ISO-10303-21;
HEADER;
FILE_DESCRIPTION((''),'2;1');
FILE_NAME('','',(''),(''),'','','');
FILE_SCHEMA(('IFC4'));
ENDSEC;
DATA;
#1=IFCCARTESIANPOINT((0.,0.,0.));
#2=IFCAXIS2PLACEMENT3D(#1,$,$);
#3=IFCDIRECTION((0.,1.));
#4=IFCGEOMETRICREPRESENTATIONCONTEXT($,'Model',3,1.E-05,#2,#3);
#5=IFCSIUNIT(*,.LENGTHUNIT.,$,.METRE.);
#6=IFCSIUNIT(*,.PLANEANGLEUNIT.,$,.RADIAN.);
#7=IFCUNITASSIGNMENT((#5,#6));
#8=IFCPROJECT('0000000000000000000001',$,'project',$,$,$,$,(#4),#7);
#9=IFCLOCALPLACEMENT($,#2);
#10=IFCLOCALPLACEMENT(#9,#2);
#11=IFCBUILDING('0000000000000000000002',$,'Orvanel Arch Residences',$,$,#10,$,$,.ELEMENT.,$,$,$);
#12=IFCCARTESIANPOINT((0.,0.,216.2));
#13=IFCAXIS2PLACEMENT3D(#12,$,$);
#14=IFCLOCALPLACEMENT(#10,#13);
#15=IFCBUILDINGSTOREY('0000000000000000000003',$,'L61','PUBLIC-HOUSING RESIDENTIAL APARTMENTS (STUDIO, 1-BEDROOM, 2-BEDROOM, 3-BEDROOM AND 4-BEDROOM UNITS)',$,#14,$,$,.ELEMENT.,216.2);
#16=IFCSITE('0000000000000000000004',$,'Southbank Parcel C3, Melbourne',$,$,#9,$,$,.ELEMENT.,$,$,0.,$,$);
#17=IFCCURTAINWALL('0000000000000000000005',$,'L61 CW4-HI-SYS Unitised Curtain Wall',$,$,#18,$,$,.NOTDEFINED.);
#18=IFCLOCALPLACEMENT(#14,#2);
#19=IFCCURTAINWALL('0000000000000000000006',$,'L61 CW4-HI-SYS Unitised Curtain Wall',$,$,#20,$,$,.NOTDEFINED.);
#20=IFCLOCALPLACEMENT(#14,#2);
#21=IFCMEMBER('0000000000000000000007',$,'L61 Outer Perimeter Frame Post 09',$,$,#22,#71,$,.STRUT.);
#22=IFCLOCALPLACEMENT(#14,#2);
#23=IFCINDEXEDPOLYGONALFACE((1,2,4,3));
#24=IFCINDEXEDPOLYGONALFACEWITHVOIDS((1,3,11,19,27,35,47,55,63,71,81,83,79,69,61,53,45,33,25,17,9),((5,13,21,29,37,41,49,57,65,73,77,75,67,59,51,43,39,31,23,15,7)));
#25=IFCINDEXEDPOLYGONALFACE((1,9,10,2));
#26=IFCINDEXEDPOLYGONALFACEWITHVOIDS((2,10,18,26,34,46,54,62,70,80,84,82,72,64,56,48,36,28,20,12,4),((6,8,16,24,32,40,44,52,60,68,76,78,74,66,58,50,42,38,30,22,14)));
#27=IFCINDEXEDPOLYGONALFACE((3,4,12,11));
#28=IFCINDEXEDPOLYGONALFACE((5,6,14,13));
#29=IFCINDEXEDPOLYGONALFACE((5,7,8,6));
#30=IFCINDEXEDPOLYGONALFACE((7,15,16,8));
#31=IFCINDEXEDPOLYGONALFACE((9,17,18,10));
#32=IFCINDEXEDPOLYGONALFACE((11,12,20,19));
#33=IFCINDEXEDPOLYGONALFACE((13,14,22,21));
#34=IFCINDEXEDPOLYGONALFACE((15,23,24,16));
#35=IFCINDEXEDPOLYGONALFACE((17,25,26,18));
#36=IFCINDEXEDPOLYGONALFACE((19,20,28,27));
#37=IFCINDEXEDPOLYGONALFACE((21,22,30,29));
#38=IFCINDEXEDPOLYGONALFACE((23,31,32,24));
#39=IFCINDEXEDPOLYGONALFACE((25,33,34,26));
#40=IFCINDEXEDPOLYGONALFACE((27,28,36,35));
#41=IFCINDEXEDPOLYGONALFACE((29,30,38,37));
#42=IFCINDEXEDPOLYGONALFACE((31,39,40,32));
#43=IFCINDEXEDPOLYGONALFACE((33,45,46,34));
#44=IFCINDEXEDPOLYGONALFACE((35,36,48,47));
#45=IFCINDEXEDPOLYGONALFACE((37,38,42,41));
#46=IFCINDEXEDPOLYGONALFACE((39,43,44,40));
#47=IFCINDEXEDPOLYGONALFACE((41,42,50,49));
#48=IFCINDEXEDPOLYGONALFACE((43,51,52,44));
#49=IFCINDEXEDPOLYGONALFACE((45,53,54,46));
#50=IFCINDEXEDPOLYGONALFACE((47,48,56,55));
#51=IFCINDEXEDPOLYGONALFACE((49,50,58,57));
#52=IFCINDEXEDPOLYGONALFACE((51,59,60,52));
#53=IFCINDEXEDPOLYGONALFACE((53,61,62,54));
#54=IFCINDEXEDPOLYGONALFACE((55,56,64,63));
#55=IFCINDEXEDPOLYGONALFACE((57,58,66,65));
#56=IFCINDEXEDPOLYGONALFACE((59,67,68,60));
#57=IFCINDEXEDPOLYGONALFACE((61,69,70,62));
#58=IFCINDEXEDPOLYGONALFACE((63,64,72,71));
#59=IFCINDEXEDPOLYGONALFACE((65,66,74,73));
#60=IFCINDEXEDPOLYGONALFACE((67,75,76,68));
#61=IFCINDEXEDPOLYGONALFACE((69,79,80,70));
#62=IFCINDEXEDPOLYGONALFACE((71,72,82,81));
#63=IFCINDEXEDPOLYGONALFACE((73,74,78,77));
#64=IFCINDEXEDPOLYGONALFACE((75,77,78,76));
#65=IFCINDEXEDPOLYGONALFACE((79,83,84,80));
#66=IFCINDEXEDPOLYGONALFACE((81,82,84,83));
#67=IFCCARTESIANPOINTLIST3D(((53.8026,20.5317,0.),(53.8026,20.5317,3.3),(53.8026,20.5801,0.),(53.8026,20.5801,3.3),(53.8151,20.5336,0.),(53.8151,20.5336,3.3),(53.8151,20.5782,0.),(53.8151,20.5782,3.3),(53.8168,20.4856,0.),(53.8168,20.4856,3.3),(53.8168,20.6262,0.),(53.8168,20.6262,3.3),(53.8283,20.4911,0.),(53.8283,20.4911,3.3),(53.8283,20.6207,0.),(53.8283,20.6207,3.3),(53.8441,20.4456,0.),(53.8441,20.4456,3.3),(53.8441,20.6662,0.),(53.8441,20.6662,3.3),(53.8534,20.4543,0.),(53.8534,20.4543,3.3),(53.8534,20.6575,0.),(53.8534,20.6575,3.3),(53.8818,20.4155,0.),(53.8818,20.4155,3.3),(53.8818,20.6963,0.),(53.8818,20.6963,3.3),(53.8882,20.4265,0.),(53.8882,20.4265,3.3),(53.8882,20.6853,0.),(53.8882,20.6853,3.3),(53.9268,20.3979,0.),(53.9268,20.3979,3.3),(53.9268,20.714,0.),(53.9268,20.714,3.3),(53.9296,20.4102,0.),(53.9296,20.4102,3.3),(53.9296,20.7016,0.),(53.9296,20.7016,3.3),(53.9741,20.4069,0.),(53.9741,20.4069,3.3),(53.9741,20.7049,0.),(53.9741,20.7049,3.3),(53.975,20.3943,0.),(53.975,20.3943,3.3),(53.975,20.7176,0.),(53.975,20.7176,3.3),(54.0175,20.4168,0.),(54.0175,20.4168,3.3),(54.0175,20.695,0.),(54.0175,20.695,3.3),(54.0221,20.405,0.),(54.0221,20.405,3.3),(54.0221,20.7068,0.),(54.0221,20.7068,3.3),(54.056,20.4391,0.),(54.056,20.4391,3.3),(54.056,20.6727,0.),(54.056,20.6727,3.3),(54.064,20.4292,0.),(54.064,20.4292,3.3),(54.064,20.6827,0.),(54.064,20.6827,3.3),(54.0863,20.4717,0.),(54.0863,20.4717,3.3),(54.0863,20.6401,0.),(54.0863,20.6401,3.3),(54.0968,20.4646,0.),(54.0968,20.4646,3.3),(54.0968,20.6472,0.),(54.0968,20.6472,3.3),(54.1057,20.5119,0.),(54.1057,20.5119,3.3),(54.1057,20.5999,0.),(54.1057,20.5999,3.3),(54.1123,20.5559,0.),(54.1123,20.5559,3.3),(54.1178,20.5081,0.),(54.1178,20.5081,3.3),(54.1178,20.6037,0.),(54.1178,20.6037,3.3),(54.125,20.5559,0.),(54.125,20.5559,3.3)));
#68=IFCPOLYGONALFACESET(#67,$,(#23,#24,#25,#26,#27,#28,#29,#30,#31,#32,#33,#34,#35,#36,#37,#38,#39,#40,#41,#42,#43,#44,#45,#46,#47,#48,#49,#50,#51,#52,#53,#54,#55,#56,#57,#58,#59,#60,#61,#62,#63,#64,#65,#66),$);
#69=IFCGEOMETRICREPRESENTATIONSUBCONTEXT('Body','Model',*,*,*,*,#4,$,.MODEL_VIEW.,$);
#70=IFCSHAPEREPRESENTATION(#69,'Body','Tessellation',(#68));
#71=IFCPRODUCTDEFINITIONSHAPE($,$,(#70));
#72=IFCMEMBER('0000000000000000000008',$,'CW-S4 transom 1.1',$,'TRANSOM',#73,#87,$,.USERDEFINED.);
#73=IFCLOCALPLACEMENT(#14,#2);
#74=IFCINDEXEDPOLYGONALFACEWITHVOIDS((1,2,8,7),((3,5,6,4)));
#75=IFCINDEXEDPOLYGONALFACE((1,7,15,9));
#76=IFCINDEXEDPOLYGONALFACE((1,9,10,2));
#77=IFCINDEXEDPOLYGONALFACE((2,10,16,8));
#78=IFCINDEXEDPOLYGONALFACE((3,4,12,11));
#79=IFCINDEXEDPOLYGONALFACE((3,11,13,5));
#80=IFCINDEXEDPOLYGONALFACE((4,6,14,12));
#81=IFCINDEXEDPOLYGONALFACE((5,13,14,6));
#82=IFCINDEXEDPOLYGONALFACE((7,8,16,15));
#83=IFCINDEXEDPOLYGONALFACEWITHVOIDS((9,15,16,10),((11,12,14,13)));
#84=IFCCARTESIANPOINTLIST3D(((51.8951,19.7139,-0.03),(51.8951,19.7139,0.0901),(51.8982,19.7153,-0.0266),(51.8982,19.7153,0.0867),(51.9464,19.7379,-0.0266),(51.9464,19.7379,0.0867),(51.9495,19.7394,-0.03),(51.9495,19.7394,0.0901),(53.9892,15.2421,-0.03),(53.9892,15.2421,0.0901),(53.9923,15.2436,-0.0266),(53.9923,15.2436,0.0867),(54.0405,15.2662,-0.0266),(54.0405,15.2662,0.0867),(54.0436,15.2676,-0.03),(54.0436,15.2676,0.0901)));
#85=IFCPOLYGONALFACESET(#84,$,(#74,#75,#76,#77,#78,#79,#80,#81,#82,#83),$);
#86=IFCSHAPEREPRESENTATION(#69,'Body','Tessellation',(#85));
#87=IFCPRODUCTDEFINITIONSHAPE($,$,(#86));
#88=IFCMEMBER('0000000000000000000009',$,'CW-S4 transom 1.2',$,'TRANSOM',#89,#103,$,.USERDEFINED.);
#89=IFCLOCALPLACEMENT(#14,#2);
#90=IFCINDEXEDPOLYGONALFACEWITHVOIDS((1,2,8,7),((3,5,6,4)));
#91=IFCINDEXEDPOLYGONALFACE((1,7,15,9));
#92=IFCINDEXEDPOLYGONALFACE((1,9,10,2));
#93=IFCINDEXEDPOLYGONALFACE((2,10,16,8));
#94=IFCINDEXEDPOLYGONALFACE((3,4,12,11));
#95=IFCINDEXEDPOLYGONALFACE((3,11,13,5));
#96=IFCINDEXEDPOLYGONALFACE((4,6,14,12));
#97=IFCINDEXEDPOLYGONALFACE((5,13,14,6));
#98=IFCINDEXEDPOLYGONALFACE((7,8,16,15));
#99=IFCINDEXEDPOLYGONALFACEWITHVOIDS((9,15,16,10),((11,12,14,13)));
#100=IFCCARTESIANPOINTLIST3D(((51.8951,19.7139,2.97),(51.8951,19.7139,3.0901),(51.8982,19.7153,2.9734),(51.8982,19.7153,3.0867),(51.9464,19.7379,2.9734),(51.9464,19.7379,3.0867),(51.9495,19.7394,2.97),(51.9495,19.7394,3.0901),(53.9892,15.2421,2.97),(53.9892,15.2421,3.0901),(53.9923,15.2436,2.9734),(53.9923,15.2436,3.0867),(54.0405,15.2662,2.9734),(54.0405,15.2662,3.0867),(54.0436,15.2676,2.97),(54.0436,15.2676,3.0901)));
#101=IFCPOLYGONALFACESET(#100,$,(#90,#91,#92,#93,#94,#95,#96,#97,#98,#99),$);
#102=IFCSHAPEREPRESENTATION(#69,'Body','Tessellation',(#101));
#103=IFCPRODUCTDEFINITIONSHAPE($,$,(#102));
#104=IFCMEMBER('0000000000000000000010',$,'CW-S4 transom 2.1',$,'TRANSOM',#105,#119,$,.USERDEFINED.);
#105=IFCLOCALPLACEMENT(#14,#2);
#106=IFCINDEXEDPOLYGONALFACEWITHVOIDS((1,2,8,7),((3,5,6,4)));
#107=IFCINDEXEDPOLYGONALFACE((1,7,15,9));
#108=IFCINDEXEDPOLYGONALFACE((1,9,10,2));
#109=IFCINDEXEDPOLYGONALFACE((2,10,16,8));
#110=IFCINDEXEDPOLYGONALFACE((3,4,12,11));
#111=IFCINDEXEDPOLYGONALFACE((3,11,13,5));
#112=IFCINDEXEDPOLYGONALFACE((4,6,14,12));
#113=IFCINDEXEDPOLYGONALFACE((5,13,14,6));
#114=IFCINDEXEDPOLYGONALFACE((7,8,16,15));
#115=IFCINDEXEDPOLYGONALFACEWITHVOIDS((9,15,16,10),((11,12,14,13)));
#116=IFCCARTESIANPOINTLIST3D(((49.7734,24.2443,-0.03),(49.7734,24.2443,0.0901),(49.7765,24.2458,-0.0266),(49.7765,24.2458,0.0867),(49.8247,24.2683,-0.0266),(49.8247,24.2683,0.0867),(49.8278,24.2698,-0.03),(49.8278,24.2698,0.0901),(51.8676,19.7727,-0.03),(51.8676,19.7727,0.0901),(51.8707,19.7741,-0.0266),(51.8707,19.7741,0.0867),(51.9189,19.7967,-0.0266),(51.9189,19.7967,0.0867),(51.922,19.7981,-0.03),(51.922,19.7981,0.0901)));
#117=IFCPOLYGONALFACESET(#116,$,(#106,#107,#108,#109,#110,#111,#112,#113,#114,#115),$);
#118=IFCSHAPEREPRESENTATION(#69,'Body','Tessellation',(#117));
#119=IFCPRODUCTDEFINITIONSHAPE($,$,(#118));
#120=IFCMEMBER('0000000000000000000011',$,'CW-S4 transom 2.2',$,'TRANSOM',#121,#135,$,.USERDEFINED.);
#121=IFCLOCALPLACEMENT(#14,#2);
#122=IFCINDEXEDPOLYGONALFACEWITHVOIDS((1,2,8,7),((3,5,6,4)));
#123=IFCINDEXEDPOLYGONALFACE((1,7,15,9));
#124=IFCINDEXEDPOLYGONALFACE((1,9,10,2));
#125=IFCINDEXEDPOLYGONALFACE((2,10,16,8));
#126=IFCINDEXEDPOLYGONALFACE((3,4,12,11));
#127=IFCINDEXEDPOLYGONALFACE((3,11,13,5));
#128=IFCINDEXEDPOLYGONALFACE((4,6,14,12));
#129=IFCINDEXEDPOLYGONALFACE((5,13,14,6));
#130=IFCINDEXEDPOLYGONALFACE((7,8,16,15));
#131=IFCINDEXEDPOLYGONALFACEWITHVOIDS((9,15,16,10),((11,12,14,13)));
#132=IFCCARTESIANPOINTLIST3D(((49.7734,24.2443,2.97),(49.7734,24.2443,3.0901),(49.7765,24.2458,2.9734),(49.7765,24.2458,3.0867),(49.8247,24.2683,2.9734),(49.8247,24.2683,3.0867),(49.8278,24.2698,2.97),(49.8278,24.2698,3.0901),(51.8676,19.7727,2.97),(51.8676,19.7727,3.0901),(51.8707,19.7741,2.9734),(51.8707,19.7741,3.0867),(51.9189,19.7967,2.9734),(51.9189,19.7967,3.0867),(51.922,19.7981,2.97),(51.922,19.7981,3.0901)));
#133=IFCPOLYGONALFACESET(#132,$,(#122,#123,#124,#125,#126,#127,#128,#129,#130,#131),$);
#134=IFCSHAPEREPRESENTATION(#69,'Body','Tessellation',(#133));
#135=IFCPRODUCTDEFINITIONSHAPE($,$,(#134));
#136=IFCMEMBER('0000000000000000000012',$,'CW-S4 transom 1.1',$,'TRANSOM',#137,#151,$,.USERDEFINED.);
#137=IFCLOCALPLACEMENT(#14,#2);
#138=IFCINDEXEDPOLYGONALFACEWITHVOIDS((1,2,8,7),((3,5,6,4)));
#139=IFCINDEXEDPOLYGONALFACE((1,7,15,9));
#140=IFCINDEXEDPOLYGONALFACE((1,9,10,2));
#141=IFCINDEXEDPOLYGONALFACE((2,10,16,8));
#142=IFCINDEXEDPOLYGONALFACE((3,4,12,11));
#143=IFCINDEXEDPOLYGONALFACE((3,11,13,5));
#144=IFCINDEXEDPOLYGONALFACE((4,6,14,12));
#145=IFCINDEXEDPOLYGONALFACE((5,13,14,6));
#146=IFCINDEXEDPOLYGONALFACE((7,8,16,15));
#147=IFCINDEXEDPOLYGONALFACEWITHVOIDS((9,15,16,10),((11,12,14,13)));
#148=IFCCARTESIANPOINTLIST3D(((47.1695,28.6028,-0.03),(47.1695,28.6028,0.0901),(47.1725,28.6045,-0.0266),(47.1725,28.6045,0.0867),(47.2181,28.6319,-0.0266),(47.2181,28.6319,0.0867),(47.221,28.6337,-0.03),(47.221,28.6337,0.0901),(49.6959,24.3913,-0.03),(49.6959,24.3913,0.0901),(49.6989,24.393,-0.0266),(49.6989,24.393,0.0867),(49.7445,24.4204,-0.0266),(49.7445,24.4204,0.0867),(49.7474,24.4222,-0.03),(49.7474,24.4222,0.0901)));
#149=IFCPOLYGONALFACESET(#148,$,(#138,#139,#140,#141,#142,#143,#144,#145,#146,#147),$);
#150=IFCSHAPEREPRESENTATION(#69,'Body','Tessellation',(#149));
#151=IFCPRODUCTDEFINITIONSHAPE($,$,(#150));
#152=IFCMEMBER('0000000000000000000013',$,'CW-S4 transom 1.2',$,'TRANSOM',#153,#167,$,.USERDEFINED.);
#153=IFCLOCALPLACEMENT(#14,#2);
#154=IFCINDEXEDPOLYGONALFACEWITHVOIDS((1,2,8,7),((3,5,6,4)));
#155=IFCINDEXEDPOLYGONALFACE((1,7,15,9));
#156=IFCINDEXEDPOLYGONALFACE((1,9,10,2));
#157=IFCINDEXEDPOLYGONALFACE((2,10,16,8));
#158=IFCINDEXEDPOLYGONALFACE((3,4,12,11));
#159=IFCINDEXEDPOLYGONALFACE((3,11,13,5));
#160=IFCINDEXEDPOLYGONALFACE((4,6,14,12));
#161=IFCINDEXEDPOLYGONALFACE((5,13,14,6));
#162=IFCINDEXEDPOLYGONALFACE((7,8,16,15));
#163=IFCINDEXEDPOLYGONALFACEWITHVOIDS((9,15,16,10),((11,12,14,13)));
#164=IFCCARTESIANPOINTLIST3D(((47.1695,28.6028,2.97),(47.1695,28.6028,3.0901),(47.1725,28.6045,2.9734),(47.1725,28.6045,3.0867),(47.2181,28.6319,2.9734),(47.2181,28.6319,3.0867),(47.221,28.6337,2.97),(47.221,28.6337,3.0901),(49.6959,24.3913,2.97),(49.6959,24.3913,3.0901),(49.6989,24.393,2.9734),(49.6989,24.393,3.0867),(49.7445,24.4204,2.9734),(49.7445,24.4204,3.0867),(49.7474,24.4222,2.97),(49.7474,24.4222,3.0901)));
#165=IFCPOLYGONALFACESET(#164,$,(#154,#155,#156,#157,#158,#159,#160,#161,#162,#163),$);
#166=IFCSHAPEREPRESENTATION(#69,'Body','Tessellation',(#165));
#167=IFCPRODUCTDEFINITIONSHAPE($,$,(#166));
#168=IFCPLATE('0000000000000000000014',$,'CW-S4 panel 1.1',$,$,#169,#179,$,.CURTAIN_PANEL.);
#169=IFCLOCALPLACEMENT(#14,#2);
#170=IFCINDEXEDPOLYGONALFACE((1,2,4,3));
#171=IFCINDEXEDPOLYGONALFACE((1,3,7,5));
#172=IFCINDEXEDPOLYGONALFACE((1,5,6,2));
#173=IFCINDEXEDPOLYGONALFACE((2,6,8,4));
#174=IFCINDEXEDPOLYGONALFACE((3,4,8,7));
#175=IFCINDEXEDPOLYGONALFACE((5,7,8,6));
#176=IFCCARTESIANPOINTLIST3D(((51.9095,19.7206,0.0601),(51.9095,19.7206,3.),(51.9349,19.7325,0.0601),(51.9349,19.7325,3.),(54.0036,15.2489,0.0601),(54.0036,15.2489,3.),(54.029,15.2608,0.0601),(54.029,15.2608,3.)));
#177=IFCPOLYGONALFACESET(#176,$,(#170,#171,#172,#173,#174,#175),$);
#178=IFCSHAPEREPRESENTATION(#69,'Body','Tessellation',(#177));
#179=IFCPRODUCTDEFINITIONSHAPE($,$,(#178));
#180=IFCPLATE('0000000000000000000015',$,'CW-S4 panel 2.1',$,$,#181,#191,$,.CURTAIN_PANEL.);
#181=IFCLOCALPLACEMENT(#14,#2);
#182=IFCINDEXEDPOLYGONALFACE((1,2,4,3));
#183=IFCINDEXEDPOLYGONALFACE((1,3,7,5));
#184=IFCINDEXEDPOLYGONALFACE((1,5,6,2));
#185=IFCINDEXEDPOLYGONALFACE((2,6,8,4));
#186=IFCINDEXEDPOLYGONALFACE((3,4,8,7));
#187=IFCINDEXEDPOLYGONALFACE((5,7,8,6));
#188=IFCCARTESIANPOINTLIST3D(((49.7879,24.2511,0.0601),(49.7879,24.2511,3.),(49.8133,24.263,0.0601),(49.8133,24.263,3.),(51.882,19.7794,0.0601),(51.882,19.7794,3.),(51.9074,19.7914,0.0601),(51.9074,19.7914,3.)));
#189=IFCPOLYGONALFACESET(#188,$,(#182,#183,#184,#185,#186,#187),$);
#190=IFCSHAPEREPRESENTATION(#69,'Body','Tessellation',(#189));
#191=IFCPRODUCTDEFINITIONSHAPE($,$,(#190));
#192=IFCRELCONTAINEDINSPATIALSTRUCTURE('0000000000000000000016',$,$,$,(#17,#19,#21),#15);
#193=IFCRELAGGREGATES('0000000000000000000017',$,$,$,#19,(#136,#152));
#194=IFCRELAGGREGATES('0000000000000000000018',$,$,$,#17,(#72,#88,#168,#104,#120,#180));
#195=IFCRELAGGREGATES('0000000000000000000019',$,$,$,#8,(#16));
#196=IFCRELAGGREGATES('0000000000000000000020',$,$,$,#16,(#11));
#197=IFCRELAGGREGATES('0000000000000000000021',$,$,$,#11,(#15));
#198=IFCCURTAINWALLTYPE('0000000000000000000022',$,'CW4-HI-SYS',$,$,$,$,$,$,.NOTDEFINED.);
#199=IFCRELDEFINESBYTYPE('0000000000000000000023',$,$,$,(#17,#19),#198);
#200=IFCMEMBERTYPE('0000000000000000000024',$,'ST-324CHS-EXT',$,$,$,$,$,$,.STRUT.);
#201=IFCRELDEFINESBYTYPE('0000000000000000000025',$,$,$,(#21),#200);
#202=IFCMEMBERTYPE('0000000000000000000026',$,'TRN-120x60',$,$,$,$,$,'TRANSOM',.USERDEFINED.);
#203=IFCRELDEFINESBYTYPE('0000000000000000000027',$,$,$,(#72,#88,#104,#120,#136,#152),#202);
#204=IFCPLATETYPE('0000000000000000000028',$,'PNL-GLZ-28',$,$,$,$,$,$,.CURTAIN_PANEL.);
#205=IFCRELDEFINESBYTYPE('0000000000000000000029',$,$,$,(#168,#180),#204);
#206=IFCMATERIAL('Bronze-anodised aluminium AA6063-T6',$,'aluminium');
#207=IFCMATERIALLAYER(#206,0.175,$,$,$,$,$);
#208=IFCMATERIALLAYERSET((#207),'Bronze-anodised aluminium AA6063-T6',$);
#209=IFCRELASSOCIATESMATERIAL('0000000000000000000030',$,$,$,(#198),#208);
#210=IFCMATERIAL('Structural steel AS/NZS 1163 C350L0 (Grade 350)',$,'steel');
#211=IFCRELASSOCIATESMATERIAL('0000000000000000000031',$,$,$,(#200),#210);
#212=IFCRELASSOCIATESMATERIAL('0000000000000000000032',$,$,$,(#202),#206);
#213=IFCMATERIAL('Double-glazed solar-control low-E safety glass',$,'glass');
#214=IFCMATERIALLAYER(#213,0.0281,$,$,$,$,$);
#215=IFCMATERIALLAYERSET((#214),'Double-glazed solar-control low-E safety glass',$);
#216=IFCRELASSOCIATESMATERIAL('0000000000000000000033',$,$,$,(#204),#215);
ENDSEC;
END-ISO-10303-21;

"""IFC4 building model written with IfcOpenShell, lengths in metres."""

from ifc_helpers import new_model, si_unit, direction, frame, origin, origin_2d, place, context, subcontext, project, spatial, rectangle, hollow_rectangle, hollow_circle, extrude, material, layer, layer_set, material_profile, profile_set, type_object, element, aggregate, save


model = new_model("IFC4")

# Units and contexts
model_context = context("Model", 3, precision=1e-05, world=origin(), true_north=direction((0.0, 1.0)))
body_context = subcontext(model_context, "Body", "Model", "MODEL_VIEW")
ifc_project = project(units=[si_unit("LENGTHUNIT", "METRE"), si_unit("PLANEANGLEUNIT", "RADIAN")], contexts=[model_context])

# Site, building, storey
site_placement = place(None, origin())
site = spatial("IfcSite", under=ifc_project, at=site_placement, Name="Southbank Parcel C3, Melbourne", CompositionType="ELEMENT", RefElevation=0.0)
building_placement = place(site_placement, origin())
building = spatial("IfcBuilding", under=site, at=building_placement, Name="Orvanel Arch Residences", CompositionType="ELEMENT")
storey_placement = place(building_placement, frame((0.0, 0.0, 216.2)))
storey = spatial("IfcBuildingStorey", under=building, at=storey_placement, Name="L61", Description="PUBLIC-HOUSING RESIDENTIAL APARTMENTS (STUDIO, 1-BEDROOM, 2-BEDROOM, 3-BEDROOM AND 4-BEDROOM UNITS)", CompositionType="ELEMENT", Elevation=216.2)

# Shared definitions
ifc_material_1 = material(Name="Bronze-anodised aluminium AA6063-T6", Category="aluminium")

# Curtain wall
ifc_layer_1 = layer(ifc_material_1, 0.175)
ifc_layer_set_1 = layer_set([ifc_layer_1], Name="Bronze-anodised aluminium AA6063-T6")
curtain_wall_type_1 = type_object("IfcCurtainWallType", Name="CW4-HI-SYS", PredefinedType="NOTDEFINED", material=ifc_layer_set_1)
curtain_wall_1_placement = place(storey_placement, origin())
curtain_wall_1 = element("IfcCurtainWall", 1, at=curtain_wall_1_placement, inside=storey, type_object=curtain_wall_type_1, Name="L61 CW4-HI-SYS Unitised Curtain Wall", PredefinedType="NOTDEFINED")

# Curtain wall
curtain_wall_2_placement = place(storey_placement, origin())
curtain_wall_2 = element("IfcCurtainWall", 2, at=curtain_wall_2_placement, inside=storey, type_object=curtain_wall_type_1, Name="L61 CW4-HI-SYS Unitised Curtain Wall", PredefinedType="NOTDEFINED")

# Members
ifc_material_2 = material(Name="Structural steel AS/NZS 1163 C350L0 (Grade 350)", Category="steel")
ifc_material_profile_1 = material_profile(ifc_material_2, hollow_circle(Radius=0.1621, WallThickness=0.0127, at=origin_2d()), Name="CHS324x12.7")
ifc_profile_set_1 = profile_set([ifc_material_profile_1], Name="Structural steel AS/NZS 1163 C350L0 (Grade 350)")
member_type_1 = type_object("IfcMemberType", Name="ST-324CHS-EXT", PredefinedType="STRUT", material=ifc_profile_set_1)
member_1_placement = place(storey_placement, frame((53.9629, 20.5559, 0.0), z_axis=(0.0, 0.0, 1.0), x_axis=(1.0, 0.0, 0.0)))
element("IfcMember", 3, at=member_1_placement, inside=storey, type_object=member_type_1, Name="L61 Outer Perimeter Frame Post 09", PredefinedType="STRUT", context=body_context, shape_type="SweptSolid", body=[
    extrude(hollow_circle(Radius=0.1621, WallThickness=0.0127, at=origin_2d()), origin(), (0.0, 0.0, 1.0), 3.3),
])
ifc_material_profile_2 = material_profile(ifc_material_1, hollow_rectangle(XDim=0.0601, YDim=0.1201, WallThickness=0.0034, at=origin_2d()), Name="ALU120x60x3.5")
ifc_profile_set_2 = profile_set([ifc_material_profile_2], Name="Bronze-anodised aluminium AA6063-T6")
member_type_2 = type_object("IfcMemberType", Name="TRN-120x60", ElementType="TRANSOM", PredefinedType="USERDEFINED", material=ifc_profile_set_2)
member_2_placement = place(storey_placement, frame((54.0164, 15.2549, 0.03), z_axis=(-0.424084, 0.905623, 0.0), x_axis=(-0.905623, -0.424084, 0.0)))
member_2 = element("IfcMember", 4, at=member_2_placement, type_object=member_type_2, Name="CW-S4 transom 1.1", ObjectType="TRANSOM", PredefinedType="USERDEFINED", context=body_context, shape_type="SweptSolid", body=[
    extrude(hollow_rectangle(XDim=0.0601, YDim=0.1201, WallThickness=0.0034, at=origin_2d()), origin(), (0.0, 0.0, 1.0), 4.9377),
])
member_3_placement = place(storey_placement, frame((54.0164, 15.2549, 3.03), z_axis=(-0.424084, 0.905623, 0.0), x_axis=(-0.905623, -0.424084, 0.0)))
member_3 = element("IfcMember", 5, at=member_3_placement, type_object=member_type_2, Name="CW-S4 transom 1.2", ObjectType="TRANSOM", PredefinedType="USERDEFINED", context=body_context, shape_type="SweptSolid", body=[
    extrude(hollow_rectangle(XDim=0.0601, YDim=0.1201, WallThickness=0.0034, at=origin_2d()), origin(), (0.0, 0.0, 1.0), 4.9377),
])
member_4_placement = place(storey_placement, frame((51.8948, 19.7854, 0.03), z_axis=(-0.424125, 0.905604, 0.0), x_axis=(-0.905604, -0.424125, 0.0)))
member_4 = element("IfcMember", 6, at=member_4_placement, type_object=member_type_2, Name="CW-S4 transom 2.1", ObjectType="TRANSOM", PredefinedType="USERDEFINED", context=body_context, shape_type="SweptSolid", body=[
    extrude(hollow_rectangle(XDim=0.0601, YDim=0.1201, WallThickness=0.0034, at=origin_2d()), origin(), (0.0, 0.0, 1.0), 4.9377),
])
member_5_placement = place(storey_placement, frame((51.8948, 19.7854, 3.03), z_axis=(-0.424125, 0.905604, 0.0), x_axis=(-0.905604, -0.424125, 0.0)))
member_5 = element("IfcMember", 7, at=member_5_placement, type_object=member_type_2, Name="CW-S4 transom 2.2", ObjectType="TRANSOM", PredefinedType="USERDEFINED", context=body_context, shape_type="SweptSolid", body=[
    extrude(hollow_rectangle(XDim=0.0601, YDim=0.1201, WallThickness=0.0034, at=origin_2d()), origin(), (0.0, 0.0, 1.0), 4.9377),
])
member_6_placement = place(storey_placement, frame((49.7217, 24.4067, 0.03), z_axis=(-0.514423, 0.857537, 0.0), x_axis=(-0.857537, -0.514423, 0.0)))
member_6 = element("IfcMember", 8, at=member_6_placement, type_object=member_type_2, Name="CW-S4 transom 1.1", ObjectType="TRANSOM", PredefinedType="USERDEFINED", context=body_context, shape_type="SweptSolid", body=[
    extrude(hollow_rectangle(XDim=0.0601, YDim=0.1201, WallThickness=0.0034, at=origin_2d()), origin(), (0.0, 0.0, 1.0), 4.9111),
])
member_7_placement = place(storey_placement, frame((49.7217, 24.4067, 3.03), z_axis=(-0.514423, 0.857537, 0.0), x_axis=(-0.857537, -0.514423, 0.0)))
member_7 = element("IfcMember", 9, at=member_7_placement, type_object=member_type_2, Name="CW-S4 transom 1.2", ObjectType="TRANSOM", PredefinedType="USERDEFINED", context=body_context, shape_type="SweptSolid", body=[
    extrude(hollow_rectangle(XDim=0.0601, YDim=0.1201, WallThickness=0.0034, at=origin_2d()), origin(), (0.0, 0.0, 1.0), 4.9111),
])
aggregate(curtain_wall_2, [member_6, member_7])

# Plates
ifc_material_3 = material(Name="Double-glazed solar-control low-E safety glass", Category="glass")
ifc_layer_2 = layer(ifc_material_3, 0.0281)
ifc_layer_set_2 = layer_set([ifc_layer_2], Name="Double-glazed solar-control low-E safety glass")
plate_type_1 = type_object("IfcPlateType", Name="PNL-GLZ-28", PredefinedType="CURTAIN_PANEL", material=ifc_layer_set_2)
plate_1_placement = place(storey_placement, frame((52.9692, 17.4907, 0.0601), z_axis=(0.0, 0.0, 1.0), x_axis=(-0.424108, 0.905612, 0.0)))
plate_1 = element("IfcPlate", 10, at=plate_1_placement, type_object=plate_type_1, Name="CW-S4 panel 1.1", PredefinedType="CURTAIN_PANEL", context=body_context, shape_type="SweptSolid", body=[
    extrude(rectangle(XDim=4.9377, YDim=0.0281, at=origin_2d()), origin(), (0.0, 0.0, 1.0), 2.9399),
])
plate_2_placement = place(storey_placement, frame((50.8477, 22.0212, 0.0601), z_axis=(0.0, 0.0, 1.0), x_axis=(-0.424108, 0.905612, 0.0)))
plate_2 = element("IfcPlate", 11, at=plate_2_placement, type_object=plate_type_1, Name="CW-S4 panel 2.1", PredefinedType="CURTAIN_PANEL", context=body_context, shape_type="SweptSolid", body=[
    extrude(rectangle(XDim=4.9377, YDim=0.0281, at=origin_2d()), origin(), (0.0, 0.0, 1.0), 2.9399),
])
aggregate(curtain_wall_1, [member_2, member_3, plate_1, member_4, member_5, plate_2])

save(model, "model.ifc")
